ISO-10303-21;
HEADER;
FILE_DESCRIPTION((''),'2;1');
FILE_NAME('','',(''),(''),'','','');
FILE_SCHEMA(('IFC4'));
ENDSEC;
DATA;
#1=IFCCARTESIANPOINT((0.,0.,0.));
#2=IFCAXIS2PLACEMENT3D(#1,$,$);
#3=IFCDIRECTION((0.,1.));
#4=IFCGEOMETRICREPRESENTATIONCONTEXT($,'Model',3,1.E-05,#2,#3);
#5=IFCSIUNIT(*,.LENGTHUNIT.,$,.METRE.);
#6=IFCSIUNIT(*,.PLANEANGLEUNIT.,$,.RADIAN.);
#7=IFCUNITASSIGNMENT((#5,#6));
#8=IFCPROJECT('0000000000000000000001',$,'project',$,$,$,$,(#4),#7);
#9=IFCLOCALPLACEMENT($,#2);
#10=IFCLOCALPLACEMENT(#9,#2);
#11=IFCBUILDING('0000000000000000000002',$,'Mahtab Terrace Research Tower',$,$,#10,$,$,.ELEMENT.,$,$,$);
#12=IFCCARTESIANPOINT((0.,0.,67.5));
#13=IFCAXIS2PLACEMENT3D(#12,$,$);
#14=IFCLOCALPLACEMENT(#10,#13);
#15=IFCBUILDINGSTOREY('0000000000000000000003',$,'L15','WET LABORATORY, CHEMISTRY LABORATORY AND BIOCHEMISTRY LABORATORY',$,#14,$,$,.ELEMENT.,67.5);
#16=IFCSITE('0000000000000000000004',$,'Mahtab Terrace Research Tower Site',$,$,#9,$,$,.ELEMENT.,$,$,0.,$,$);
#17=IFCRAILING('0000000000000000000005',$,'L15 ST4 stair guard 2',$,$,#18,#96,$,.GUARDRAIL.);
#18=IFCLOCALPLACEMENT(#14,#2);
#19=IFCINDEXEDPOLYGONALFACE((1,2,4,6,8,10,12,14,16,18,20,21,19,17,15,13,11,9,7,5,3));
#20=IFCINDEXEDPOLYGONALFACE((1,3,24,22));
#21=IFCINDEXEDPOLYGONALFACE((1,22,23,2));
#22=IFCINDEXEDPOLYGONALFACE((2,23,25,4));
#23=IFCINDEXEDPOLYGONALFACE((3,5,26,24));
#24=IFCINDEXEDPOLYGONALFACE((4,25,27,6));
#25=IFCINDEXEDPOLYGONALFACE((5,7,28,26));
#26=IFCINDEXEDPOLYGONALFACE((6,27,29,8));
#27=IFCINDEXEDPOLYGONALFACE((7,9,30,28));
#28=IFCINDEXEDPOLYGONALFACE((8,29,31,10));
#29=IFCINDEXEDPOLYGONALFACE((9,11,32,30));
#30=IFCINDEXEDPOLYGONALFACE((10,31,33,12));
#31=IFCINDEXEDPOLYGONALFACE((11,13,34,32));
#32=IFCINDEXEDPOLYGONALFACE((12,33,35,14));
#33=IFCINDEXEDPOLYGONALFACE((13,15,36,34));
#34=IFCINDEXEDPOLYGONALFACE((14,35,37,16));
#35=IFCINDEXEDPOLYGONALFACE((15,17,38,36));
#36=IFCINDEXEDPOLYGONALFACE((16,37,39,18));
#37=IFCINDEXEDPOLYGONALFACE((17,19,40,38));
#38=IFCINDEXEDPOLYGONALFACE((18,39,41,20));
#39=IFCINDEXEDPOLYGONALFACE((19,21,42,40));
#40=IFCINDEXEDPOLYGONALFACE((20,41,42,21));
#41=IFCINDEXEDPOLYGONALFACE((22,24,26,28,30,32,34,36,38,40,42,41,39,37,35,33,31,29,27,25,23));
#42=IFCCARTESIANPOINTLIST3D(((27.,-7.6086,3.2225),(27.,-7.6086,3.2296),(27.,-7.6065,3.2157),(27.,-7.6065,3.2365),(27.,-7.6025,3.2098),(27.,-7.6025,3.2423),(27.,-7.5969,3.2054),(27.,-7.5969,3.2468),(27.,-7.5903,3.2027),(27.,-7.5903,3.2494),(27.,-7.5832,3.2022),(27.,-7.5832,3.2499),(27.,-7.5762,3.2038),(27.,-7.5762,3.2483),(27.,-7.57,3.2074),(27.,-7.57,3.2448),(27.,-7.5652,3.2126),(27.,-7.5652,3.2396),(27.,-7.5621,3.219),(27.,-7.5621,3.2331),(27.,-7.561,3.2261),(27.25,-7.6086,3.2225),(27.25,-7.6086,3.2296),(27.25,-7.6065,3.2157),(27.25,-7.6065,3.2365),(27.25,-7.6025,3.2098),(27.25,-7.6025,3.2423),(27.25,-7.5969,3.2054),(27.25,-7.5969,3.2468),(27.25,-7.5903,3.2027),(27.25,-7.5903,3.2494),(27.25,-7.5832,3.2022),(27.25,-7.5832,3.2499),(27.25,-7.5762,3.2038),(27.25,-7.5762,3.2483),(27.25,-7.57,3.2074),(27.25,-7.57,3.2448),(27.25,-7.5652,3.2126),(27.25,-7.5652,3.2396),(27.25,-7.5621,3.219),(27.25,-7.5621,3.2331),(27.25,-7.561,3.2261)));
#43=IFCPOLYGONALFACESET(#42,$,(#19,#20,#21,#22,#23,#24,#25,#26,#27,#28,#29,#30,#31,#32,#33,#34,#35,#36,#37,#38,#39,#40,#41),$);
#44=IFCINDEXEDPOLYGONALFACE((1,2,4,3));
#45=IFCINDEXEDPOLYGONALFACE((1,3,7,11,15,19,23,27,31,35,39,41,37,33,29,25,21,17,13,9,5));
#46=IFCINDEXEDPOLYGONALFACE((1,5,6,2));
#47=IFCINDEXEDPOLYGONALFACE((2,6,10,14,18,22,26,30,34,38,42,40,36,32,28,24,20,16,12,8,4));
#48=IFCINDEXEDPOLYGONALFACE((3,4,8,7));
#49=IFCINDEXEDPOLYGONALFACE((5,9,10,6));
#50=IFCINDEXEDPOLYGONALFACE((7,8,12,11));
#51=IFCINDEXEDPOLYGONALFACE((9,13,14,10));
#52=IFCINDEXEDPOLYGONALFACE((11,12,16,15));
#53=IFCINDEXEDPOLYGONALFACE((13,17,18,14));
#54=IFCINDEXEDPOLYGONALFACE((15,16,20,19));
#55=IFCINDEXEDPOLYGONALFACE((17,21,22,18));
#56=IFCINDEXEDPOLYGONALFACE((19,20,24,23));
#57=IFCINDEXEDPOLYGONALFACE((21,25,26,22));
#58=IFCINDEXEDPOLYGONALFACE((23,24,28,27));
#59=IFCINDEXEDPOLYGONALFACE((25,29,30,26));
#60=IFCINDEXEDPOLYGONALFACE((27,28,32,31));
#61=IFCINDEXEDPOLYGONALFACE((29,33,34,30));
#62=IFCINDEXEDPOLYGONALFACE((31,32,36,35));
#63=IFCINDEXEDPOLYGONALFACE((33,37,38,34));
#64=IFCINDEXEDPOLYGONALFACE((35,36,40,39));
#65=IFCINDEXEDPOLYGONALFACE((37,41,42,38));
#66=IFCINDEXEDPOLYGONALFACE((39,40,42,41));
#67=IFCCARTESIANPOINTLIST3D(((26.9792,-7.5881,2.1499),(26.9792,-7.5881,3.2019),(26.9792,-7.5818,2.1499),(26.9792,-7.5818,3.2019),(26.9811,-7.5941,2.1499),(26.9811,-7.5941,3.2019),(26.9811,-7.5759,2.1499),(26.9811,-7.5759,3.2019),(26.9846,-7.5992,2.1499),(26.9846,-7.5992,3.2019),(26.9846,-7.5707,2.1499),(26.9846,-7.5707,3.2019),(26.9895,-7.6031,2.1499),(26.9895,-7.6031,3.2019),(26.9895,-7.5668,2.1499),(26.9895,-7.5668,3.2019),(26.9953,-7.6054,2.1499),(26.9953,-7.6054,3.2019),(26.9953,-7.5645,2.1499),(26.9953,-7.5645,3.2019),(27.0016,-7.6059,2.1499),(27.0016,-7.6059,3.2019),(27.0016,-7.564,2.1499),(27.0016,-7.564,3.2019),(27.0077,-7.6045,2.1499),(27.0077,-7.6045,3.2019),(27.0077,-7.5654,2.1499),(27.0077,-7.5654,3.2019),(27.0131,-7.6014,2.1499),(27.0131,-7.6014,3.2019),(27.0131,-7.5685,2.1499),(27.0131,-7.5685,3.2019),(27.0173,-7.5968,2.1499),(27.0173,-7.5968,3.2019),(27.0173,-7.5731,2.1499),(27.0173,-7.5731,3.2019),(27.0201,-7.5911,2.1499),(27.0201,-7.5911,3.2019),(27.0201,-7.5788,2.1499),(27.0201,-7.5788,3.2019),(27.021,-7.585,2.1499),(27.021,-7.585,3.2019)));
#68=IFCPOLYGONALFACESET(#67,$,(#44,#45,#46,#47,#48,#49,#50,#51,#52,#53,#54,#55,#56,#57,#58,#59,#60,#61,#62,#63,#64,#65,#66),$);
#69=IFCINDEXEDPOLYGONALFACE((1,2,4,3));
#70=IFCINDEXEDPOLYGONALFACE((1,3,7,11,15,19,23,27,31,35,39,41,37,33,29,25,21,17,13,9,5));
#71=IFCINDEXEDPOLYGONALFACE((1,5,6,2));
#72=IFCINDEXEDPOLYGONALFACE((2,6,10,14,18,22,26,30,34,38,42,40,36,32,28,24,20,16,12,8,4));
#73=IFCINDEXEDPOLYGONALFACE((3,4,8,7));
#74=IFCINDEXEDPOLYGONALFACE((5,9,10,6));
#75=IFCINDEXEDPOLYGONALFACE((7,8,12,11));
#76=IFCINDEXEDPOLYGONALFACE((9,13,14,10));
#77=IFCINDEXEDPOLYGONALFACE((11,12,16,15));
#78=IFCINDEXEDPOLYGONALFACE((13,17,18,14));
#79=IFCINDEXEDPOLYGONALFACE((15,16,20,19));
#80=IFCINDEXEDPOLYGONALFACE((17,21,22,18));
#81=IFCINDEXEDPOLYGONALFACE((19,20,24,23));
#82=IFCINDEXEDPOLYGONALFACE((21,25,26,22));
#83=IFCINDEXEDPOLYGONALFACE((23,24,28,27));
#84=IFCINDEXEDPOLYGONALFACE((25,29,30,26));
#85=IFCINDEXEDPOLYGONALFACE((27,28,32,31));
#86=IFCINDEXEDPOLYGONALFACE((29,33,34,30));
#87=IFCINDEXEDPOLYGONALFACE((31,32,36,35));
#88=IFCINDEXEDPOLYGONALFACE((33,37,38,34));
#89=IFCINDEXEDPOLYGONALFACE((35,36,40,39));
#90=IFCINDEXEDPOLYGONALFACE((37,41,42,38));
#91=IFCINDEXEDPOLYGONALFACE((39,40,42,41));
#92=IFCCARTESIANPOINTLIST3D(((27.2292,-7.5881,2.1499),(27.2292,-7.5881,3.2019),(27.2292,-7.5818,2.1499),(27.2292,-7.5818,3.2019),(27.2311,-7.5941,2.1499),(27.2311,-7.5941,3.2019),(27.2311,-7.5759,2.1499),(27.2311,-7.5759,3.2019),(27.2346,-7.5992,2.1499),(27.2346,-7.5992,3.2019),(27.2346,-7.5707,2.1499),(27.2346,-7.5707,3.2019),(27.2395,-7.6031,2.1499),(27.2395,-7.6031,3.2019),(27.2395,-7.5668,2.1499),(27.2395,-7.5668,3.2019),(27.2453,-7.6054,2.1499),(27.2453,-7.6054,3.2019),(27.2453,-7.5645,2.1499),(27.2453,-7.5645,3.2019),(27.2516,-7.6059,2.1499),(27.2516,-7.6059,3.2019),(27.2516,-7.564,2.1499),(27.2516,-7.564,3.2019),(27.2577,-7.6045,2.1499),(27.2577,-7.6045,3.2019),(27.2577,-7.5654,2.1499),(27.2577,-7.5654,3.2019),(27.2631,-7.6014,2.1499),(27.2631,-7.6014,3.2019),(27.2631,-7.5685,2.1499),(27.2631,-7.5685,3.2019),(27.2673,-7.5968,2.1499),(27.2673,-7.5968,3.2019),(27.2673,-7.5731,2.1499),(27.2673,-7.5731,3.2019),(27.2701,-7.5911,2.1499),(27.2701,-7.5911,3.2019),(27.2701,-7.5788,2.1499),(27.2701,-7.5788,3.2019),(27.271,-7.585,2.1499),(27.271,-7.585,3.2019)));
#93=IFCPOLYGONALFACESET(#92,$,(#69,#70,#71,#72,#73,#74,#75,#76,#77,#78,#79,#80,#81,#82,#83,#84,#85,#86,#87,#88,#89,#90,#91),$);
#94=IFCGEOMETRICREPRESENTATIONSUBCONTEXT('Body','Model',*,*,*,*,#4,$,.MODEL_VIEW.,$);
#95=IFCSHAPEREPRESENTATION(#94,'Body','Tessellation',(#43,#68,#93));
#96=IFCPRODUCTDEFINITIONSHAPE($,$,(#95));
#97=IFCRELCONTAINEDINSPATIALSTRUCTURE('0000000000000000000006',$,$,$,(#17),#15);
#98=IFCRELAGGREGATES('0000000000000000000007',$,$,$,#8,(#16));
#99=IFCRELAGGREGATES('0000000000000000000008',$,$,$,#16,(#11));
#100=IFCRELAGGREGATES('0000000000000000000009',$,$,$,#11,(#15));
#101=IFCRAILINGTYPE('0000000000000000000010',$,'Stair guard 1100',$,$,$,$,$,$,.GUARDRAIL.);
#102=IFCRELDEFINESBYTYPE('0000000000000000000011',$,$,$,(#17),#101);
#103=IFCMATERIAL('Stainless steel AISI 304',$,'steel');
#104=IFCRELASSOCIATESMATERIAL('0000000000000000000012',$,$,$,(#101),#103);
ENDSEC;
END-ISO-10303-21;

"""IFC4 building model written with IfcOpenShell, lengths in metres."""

from ifc_helpers import new_model, si_unit, direction, frame, origin, origin_2d, place, context, subcontext, project, spatial, circle, extrude, material, type_object, element, save


model = new_model("IFC4")

# Units and contexts
model_context = context("Model", 3, precision=1e-05, world=origin(), true_north=direction((0.0, 1.0)))
body_context = subcontext(model_context, "Body", "Model", "MODEL_VIEW")
ifc_project = project(units=[si_unit("LENGTHUNIT", "METRE"), si_unit("PLANEANGLEUNIT", "RADIAN")], contexts=[model_context])

# Site, building, storey
site_placement = place(None, origin())
site = spatial("IfcSite", under=ifc_project, at=site_placement, Name="Mahtab Terrace Research Tower Site", CompositionType="ELEMENT", RefElevation=0.0)
building_placement = place(site_placement, origin())
building = spatial("IfcBuilding", under=site, at=building_placement, Name="Mahtab Terrace Research Tower", CompositionType="ELEMENT")
storey_placement = place(building_placement, frame((0.0, 0.0, 67.5)))
storey = spatial("IfcBuildingStorey", under=building, at=storey_placement, Name="L15", Description="WET LABORATORY, CHEMISTRY LABORATORY AND BIOCHEMISTRY LABORATORY", CompositionType="ELEMENT", Elevation=67.5)

# Railing
ifc_material_1 = material(Name="Stainless steel AISI 304", Category="steel")
railing_type_1 = type_object("IfcRailingType", Name="Stair guard 1100", PredefinedType="GUARDRAIL", material=ifc_material_1)
railing_1_placement = place(storey_placement, frame((27.0, -7.585, 2.1499)))
element("IfcRailing", 1, at=railing_1_placement, inside=storey, type_object=railing_type_1, Name="L15 ST4 stair guard 2", PredefinedType="GUARDRAIL", context=body_context, shape_type="SweptSolid", body=[
    extrude(circle(Radius=0.0239, at=origin_2d()), frame((0.0, 0.0, 1.0762), z_axis=(1.0, 0.0, 0.0), x_axis=(0.0, 1.0, 0.0)), (0.0, 0.0, 1.0), 0.25),
    extrude(circle(Radius=0.021, at=origin_2d()), origin(), (0.0, 0.0, 1.0), 1.052),
    extrude(circle(Radius=0.021, at=origin_2d()), frame((0.25, 0.0, 0.0)), (0.0, 0.0, 1.0), 1.052),
])

save(model, "model.ifc")
